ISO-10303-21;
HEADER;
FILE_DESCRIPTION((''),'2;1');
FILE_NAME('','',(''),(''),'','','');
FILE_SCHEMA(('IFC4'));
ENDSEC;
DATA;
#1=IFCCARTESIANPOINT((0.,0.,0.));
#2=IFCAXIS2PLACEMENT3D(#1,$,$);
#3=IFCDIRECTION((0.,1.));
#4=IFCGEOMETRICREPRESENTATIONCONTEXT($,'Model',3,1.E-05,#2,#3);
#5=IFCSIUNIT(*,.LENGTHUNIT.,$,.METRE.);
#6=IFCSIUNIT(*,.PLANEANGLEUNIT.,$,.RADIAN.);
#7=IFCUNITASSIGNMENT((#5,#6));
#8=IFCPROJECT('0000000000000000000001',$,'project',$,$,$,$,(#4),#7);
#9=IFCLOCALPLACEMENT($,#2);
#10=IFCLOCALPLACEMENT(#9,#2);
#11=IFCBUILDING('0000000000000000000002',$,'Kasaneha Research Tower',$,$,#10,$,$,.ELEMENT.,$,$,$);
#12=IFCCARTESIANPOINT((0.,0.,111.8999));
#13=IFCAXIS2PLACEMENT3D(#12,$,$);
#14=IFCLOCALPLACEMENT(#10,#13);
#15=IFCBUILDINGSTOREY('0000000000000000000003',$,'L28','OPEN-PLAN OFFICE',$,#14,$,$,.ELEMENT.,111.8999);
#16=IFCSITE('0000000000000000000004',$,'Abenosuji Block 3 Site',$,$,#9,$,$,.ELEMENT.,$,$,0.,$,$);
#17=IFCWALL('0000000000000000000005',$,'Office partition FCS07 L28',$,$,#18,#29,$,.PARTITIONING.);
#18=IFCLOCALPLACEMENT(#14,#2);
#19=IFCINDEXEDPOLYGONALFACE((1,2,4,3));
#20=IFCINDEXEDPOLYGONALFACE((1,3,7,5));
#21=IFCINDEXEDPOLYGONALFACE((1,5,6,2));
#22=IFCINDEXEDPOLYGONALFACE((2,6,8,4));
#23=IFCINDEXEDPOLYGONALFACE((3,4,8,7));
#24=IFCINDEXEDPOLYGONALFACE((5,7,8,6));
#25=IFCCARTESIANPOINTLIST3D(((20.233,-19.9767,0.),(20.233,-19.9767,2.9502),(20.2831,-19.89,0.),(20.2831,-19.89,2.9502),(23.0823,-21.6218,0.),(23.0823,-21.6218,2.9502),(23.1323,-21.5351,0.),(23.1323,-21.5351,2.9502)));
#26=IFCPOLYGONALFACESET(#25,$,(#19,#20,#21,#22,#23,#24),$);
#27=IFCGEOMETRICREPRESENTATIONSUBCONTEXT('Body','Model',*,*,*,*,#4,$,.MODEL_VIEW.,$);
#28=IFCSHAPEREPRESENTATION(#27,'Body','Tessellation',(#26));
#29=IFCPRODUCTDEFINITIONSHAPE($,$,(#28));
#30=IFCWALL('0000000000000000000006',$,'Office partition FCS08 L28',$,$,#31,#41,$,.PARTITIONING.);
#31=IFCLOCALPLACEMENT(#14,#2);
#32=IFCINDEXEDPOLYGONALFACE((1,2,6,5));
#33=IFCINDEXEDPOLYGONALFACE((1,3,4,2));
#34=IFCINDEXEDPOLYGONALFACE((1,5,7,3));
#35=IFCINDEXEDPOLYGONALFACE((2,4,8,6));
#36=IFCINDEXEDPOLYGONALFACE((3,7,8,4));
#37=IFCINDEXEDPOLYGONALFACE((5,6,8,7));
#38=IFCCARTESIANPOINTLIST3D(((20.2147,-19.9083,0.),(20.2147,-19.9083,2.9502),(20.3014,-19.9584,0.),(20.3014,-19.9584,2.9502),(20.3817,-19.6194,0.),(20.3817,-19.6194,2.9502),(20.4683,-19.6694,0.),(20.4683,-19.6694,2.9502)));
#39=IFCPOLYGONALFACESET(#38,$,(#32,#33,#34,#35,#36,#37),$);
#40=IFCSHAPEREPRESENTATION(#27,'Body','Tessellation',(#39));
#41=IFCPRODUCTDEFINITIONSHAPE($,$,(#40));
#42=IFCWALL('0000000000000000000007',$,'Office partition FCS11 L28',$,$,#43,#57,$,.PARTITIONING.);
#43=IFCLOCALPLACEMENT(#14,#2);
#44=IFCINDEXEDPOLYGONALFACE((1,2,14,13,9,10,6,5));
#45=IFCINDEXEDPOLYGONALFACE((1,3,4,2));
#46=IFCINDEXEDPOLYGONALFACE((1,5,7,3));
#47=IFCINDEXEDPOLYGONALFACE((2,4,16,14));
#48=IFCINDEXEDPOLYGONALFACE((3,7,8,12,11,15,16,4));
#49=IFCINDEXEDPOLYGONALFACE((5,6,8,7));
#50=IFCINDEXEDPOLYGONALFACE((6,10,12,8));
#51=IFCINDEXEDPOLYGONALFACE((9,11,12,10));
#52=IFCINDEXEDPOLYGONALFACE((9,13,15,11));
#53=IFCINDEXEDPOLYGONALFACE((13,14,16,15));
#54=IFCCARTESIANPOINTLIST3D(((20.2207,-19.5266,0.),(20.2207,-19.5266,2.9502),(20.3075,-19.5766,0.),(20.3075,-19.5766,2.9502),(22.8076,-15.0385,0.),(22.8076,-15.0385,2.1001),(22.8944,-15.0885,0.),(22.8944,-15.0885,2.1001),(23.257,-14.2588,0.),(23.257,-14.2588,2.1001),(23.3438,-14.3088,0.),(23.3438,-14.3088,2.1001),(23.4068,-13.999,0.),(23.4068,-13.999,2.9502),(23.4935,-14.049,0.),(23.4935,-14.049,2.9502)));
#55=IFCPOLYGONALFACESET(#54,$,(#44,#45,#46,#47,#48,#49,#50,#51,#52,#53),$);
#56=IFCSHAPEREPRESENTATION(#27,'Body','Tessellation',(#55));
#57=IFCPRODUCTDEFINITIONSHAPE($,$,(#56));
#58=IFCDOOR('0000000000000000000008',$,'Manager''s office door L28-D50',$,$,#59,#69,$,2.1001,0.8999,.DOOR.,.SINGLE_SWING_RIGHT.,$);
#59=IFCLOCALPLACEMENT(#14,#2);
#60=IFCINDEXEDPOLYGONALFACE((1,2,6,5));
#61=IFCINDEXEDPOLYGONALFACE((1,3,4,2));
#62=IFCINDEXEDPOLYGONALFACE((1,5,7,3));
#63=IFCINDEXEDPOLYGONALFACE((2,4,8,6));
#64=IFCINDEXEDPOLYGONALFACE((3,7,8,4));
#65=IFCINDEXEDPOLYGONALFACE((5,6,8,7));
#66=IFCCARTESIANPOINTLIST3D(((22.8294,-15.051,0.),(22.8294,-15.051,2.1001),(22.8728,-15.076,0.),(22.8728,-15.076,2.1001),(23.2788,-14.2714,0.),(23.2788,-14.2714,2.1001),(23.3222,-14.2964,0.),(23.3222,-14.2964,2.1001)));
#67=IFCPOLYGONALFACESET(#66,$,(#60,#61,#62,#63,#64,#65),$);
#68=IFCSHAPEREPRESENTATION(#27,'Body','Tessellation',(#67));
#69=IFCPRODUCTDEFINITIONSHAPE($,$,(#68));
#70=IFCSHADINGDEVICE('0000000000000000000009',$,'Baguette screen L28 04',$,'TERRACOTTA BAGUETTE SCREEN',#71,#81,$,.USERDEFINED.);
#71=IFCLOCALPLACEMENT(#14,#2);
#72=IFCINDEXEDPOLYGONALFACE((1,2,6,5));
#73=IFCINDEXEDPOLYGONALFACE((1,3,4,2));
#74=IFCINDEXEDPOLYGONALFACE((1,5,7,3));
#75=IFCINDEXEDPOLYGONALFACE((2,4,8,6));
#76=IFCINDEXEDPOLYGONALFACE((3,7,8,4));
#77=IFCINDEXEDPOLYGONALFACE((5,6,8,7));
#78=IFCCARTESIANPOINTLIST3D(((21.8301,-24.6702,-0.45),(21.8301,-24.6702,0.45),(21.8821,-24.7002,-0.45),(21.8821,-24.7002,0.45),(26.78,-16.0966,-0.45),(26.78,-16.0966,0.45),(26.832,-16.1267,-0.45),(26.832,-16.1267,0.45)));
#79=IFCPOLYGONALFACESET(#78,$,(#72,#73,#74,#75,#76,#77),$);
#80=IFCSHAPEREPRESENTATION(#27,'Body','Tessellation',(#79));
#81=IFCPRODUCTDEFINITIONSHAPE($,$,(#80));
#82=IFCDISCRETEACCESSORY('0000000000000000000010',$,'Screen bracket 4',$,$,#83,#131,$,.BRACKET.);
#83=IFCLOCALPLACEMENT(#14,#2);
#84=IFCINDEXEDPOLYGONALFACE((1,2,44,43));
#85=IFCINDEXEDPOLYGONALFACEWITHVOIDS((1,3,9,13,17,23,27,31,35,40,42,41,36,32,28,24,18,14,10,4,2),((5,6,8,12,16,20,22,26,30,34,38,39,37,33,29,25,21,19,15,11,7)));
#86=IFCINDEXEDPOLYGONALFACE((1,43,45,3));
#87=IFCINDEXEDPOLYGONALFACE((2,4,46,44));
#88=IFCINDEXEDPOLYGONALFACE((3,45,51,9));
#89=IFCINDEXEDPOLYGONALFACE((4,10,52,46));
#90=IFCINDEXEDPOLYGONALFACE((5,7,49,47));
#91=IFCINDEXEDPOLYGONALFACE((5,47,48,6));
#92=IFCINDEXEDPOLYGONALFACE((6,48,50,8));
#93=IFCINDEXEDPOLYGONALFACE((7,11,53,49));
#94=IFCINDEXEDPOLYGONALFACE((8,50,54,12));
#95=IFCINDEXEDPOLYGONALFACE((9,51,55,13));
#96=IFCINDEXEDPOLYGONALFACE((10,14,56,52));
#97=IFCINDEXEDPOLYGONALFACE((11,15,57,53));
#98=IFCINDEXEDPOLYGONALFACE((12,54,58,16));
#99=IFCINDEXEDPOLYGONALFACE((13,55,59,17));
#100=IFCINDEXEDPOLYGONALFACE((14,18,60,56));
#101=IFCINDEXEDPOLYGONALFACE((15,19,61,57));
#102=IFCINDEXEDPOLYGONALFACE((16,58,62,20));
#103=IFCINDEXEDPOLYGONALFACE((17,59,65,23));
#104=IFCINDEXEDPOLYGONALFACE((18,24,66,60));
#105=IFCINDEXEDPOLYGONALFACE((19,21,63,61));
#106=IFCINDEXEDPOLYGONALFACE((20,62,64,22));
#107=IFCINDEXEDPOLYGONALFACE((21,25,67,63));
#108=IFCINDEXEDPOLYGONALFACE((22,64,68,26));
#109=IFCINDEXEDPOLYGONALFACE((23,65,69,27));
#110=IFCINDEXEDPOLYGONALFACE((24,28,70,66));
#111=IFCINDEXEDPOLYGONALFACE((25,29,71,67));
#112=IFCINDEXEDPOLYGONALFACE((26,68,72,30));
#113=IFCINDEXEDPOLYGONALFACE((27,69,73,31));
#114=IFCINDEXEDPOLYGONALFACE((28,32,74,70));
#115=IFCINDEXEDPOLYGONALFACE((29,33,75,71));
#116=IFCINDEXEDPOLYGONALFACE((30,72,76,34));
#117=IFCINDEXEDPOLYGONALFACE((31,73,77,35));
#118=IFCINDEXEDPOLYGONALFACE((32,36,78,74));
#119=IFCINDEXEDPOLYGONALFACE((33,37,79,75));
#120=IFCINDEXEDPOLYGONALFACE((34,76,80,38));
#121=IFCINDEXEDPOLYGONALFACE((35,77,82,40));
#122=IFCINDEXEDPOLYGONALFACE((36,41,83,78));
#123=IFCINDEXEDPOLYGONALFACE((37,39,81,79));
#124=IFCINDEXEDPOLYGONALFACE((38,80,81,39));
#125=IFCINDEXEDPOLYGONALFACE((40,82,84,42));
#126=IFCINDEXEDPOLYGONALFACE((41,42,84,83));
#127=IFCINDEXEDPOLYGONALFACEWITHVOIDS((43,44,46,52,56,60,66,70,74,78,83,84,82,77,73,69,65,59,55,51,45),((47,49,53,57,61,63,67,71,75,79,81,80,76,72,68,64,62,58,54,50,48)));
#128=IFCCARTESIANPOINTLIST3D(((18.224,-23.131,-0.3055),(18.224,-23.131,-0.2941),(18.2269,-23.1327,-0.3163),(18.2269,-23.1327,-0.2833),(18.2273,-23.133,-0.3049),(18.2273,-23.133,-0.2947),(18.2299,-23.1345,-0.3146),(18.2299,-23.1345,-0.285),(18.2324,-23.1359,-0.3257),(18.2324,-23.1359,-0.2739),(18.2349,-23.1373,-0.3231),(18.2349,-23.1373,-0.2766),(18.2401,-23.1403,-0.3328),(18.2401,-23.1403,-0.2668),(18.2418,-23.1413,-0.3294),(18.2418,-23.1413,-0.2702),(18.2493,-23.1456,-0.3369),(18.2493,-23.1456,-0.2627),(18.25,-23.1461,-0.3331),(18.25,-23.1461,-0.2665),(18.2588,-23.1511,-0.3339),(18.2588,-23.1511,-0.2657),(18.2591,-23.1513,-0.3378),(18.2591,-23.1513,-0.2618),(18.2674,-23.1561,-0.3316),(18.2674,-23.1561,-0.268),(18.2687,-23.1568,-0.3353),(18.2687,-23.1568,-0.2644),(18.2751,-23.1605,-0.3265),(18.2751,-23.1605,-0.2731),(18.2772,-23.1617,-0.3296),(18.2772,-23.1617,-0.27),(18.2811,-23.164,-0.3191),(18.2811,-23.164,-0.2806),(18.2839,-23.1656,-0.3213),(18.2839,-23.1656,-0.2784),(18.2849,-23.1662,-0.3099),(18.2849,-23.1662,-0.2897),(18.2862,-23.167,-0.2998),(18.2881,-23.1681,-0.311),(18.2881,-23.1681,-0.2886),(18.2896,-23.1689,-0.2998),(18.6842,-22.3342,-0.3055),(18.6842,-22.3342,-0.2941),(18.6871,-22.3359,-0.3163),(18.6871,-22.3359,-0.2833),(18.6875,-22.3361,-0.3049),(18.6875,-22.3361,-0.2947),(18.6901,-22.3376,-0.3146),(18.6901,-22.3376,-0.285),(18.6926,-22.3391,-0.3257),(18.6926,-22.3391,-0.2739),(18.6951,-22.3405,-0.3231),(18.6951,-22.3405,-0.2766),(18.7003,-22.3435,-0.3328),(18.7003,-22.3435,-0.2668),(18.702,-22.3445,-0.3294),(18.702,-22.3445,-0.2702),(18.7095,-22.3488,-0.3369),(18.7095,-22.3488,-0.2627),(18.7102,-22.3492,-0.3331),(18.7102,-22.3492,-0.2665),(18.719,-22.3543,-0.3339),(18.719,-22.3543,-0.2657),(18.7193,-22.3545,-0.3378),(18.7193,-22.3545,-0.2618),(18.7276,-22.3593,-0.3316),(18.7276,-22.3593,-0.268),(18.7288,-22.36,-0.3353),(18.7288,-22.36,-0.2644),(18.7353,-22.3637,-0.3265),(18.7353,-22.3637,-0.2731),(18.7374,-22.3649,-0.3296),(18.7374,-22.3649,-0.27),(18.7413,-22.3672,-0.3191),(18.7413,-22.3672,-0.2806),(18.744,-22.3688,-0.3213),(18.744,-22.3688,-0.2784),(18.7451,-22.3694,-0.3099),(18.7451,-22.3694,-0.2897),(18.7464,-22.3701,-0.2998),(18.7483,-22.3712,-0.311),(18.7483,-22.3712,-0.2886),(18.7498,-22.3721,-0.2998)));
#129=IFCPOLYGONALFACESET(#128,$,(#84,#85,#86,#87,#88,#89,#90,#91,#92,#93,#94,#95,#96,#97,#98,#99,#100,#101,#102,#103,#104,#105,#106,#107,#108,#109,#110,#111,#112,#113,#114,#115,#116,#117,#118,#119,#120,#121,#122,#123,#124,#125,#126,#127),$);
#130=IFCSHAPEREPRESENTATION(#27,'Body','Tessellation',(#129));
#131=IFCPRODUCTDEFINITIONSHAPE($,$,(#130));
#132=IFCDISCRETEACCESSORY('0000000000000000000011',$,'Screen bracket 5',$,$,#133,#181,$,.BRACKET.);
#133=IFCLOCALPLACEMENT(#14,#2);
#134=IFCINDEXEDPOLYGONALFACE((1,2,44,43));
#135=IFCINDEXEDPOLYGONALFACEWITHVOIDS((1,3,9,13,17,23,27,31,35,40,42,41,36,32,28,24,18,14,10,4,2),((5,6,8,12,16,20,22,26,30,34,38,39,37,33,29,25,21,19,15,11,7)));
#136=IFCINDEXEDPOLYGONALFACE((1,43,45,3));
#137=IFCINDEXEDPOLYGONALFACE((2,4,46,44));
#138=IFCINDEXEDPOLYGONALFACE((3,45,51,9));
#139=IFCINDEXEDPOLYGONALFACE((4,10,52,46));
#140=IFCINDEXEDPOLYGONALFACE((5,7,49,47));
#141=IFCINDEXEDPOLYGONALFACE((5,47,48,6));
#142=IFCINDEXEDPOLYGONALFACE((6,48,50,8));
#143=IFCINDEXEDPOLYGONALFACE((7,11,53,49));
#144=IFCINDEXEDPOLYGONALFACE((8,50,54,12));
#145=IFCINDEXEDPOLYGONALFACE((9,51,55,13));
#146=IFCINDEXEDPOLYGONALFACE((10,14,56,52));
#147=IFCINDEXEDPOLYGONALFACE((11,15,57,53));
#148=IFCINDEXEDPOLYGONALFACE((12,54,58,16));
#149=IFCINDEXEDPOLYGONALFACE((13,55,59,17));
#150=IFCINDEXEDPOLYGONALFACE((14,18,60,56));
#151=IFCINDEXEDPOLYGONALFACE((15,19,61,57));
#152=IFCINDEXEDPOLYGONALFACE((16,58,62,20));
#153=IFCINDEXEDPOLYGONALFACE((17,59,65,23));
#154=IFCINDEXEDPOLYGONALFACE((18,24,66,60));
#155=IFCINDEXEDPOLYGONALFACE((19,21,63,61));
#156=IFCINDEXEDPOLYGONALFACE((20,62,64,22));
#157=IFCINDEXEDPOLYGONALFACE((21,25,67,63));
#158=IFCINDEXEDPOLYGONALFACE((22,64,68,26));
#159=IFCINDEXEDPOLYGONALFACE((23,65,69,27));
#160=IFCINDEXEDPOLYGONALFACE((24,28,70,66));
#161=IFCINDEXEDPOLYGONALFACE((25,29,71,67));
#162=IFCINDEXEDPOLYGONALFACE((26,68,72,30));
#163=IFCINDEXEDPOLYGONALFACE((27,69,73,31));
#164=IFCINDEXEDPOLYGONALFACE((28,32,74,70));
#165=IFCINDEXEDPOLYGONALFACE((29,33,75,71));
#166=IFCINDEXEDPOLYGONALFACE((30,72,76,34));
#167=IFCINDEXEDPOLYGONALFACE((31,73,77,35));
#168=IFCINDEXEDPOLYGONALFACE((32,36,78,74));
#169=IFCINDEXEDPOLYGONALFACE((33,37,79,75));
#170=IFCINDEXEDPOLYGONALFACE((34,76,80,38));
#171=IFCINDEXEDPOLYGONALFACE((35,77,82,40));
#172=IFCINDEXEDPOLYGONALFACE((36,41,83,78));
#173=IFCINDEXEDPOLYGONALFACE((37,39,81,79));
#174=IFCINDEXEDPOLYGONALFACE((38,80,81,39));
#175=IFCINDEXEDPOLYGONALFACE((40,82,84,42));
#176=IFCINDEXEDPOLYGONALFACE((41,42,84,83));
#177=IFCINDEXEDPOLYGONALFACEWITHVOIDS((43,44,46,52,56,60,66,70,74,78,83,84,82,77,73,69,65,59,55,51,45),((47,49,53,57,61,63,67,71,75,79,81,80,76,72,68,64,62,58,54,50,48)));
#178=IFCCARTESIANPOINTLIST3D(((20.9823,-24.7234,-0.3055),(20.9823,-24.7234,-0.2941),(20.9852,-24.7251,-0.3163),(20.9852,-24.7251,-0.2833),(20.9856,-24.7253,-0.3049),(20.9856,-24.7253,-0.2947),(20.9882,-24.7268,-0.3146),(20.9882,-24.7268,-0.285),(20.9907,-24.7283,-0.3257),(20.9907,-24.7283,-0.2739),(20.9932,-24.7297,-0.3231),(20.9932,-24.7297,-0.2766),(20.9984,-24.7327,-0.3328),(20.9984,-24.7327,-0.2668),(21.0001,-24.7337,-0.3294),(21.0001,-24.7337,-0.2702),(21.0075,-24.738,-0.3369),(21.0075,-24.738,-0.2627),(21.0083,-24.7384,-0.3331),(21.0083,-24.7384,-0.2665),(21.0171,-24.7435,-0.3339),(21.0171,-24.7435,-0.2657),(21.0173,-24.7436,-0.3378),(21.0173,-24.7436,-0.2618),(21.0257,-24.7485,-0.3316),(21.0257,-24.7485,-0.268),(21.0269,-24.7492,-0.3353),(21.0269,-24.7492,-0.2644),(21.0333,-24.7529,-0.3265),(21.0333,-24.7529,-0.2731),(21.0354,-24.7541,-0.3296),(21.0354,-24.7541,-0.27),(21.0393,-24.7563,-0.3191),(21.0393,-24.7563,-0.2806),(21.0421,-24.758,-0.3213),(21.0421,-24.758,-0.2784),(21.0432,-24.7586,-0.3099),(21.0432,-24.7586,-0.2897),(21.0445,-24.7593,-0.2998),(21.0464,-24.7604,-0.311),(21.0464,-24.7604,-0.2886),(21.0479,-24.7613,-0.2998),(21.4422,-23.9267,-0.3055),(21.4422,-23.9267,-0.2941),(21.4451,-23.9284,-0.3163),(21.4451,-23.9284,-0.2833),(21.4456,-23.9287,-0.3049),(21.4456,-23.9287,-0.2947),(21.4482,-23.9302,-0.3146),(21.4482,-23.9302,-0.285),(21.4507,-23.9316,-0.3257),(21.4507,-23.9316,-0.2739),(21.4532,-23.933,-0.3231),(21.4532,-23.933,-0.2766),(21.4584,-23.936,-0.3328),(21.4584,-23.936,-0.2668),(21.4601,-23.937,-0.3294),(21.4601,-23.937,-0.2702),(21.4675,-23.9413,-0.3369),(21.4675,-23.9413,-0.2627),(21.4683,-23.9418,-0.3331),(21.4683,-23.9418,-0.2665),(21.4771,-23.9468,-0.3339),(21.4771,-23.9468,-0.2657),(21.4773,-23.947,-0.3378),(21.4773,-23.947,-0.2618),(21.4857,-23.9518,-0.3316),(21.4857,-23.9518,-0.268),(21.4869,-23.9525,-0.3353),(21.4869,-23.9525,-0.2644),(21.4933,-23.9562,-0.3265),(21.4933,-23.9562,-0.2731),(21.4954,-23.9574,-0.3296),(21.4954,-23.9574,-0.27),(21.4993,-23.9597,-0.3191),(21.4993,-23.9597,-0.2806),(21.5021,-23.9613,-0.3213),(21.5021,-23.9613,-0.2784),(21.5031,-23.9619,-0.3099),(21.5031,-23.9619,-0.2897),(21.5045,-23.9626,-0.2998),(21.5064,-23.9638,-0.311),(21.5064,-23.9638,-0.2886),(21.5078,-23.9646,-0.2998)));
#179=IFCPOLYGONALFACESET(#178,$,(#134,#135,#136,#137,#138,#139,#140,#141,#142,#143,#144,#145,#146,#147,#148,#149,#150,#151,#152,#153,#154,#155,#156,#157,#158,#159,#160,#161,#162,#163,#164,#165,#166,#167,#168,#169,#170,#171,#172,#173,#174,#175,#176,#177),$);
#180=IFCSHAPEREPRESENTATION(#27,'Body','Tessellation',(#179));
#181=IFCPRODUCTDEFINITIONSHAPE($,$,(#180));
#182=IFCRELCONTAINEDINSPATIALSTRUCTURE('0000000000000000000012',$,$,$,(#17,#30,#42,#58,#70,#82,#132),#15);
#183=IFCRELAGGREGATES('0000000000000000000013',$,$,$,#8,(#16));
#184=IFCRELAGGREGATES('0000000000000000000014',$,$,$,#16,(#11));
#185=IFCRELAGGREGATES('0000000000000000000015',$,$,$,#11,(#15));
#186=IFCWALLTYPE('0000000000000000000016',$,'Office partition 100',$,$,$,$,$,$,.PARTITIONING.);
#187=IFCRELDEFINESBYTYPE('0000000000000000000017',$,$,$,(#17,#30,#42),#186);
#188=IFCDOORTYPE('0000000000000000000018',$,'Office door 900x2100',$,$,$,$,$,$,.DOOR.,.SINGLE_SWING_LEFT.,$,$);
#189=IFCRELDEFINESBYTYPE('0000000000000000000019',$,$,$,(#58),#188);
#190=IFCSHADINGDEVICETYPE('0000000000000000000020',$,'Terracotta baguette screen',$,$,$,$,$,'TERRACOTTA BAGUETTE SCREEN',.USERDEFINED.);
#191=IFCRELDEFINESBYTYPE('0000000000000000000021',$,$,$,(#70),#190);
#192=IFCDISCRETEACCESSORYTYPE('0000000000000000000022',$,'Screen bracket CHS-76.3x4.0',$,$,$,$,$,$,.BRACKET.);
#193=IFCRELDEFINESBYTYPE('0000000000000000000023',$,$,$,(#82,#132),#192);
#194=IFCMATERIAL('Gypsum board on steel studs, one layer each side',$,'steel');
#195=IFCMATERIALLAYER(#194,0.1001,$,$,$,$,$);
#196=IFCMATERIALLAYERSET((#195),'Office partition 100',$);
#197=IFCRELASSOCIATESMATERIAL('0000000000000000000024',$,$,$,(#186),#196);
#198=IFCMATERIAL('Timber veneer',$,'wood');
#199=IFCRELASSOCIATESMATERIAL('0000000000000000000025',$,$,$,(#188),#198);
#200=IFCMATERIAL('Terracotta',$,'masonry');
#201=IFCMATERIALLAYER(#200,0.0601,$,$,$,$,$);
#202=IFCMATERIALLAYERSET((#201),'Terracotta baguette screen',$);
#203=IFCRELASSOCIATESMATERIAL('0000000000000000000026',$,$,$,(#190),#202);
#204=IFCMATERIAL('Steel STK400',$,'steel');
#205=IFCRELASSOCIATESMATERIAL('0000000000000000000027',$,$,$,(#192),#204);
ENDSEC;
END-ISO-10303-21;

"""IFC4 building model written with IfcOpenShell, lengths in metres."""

from ifc_helpers import new_model, si_unit, direction, frame, frame_2d, origin, origin_2d, place, context, subcontext, project, spatial, rectangle, hollow_circle, extrude, material, layer, layer_set, material_profile, profile_set, type_object, element, fill, save


model = new_model("IFC4")

# Units and contexts
model_context = context("Model", 3, precision=1e-05, world=origin(), true_north=direction((0.0, 1.0)))
body_context = subcontext(model_context, "Body", "Model", "MODEL_VIEW")
ifc_project = project(units=[si_unit("LENGTHUNIT", "METRE"), si_unit("PLANEANGLEUNIT", "RADIAN")], contexts=[model_context])

# Site, building, storey
site_placement = place(None, origin())
site = spatial("IfcSite", under=ifc_project, at=site_placement, Name="Abenosuji Block 3 Site", CompositionType="ELEMENT", RefElevation=0.0)
building_placement = place(site_placement, origin())
building = spatial("IfcBuilding", under=site, at=building_placement, Name="Kasaneha Research Tower", CompositionType="ELEMENT")
storey_placement = place(building_placement, frame((0.0, 0.0, 111.8999)))
storey = spatial("IfcBuildingStorey", under=building, at=storey_placement, Name="L28", Description="OPEN-PLAN OFFICE", CompositionType="ELEMENT", Elevation=111.8999)

# Walls
ifc_material_1 = material(Name="Gypsum board on steel studs, one layer each side", Category="steel")
ifc_layer_1 = layer(ifc_material_1, 0.1001)
ifc_layer_set_1 = layer_set([ifc_layer_1], Name="Office partition 100")
wall_type = type_object("IfcWallType", Name="Office partition 100", PredefinedType="PARTITIONING", material=ifc_layer_set_1)
wall_1_placement = place(storey_placement, frame((20.2581, -19.9333, 0.0), z_axis=(0.0, 0.0, 1.0), x_axis=(0.866015, -0.500018, 0.0)))
element("IfcWall", 1, at=wall_1_placement, inside=storey, type_object=wall_type, Name="Office partition FCS07 L28", PredefinedType="PARTITIONING", context=body_context, shape_type="SweptSolid", body=[
    extrude(rectangle(XDim=3.29, YDim=0.1001, at=frame_2d((1.645, 0.0))), origin(), (0.0, 0.0, 1.0), 2.9502),
])
wall_2_placement = place(storey_placement, frame((20.425, -19.6443, 0.0), z_axis=(0.0, 0.0, 1.0), x_axis=(-0.500229, -0.865893, 0.0)))
element("IfcWall", 2, at=wall_2_placement, inside=storey, type_object=wall_type, Name="Office partition FCS08 L28", PredefinedType="PARTITIONING", context=body_context, shape_type="SweptSolid", body=[
    extrude(rectangle(XDim=0.3337, YDim=0.1001, at=frame_2d((0.167, 0.0))), origin(), (0.0, 0.0, 1.0), 2.9502),
])

# Wall, opening, door
wall_3_placement = place(storey_placement, frame((20.2642, -19.5515, 0.0), z_axis=(0.0, 0.0, 1.0), x_axis=(0.499375, 0.866386, 0.0)))
wall_3 = element("IfcWall", 3, at=wall_3_placement, inside=storey, type_object=wall_type, Name="Office partition FCS11 L28", PredefinedType="PARTITIONING", context=body_context, shape_type="SweptSolid", body=[
    extrude(rectangle(XDim=6.3801, YDim=0.1001, at=frame_2d((3.1899, 0.0))), origin(), (0.0, 0.0, 1.0), 2.9502),
])
opening_placement = place(wall_3_placement, frame((5.1802, 0.0, 0.0)))
opening = element("IfcOpeningElement", 4, at=opening_placement, cuts=wall_3, PredefinedType="OPENING", context=body_context, shape_type="SweptSolid", body=[
    extrude(rectangle(XDim=0.8999, YDim=2.1001, at=frame_2d((0.45, 1.05))), frame((0.0, 0.0601, 0.0), z_axis=(0.0, -1.0, 0.0), x_axis=(1.0, 0.0, 0.0)), (0.0, 0.0, 1.0), 0.1201),
])
ifc_material_2 = material(Name="Timber veneer", Category="wood")
door_type = type_object("IfcDoorType", Name="Office door 900x2100", OperationType="SINGLE_SWING_LEFT", PredefinedType="DOOR", material=ifc_material_2)
door_placement = place(opening_placement, origin())
door = element("IfcDoor", 5, at=door_placement, inside=storey, type_object=door_type, Name="Manager's office door L28-D50", OperationType="SINGLE_SWING_RIGHT", OverallHeight=2.1001, OverallWidth=0.8999, PredefinedType="DOOR", context=body_context, shape_type="SweptSolid", body=[
    extrude(rectangle(XDim=0.8999, YDim=2.1001, at=frame_2d((0.45, 1.05))), frame((0.0, 0.0249, 0.0), z_axis=(0.0, -1.0, 0.0), x_axis=(1.0, 0.0, 0.0)), (0.0, 0.0, 1.0), 0.05),
])
fill(opening, door)

# Shading device
ifc_material_3 = material(Name="Terracotta", Category="masonry")
ifc_layer_2 = layer(ifc_material_3, 0.0601)
ifc_layer_set_2 = layer_set([ifc_layer_2], Name="Terracotta baguette screen")
shading_device_type = type_object("IfcShadingDeviceType", Name="Terracotta baguette screen", ElementType="TERRACOTTA BAGUETTE SCREEN", PredefinedType="USERDEFINED", material=ifc_layer_set_2)
shading_device_placement = place(storey_placement, frame((24.3311, -20.3984, -0.45), z_axis=(0.0, 0.0, 1.0), x_axis=(0.5, 0.866025, 0.0)))
element("IfcShadingDevice", 6, at=shading_device_placement, inside=storey, type_object=shading_device_type, Name="Baguette screen L28 04", ObjectType="TERRACOTTA BAGUETTE SCREEN", PredefinedType="USERDEFINED", context=body_context, shape_type="SweptSolid", body=[
    extrude(rectangle(XDim=9.8999, YDim=0.0601, at=origin_2d()), origin(), (0.0, 0.0, 1.0), 0.8999),
])

# Discrete accessories
ifc_material_4 = material(Name="Steel STK400", Category="steel")
ifc_material_profile_1 = material_profile(ifc_material_4, hollow_circle(Radius=0.0381, WallThickness=0.0039, at=origin_2d()), Name="CHS-76.3x4.0")
ifc_profile_set_1 = profile_set([ifc_material_profile_1], Name="Steel STK400")
discrete_accessory_type = type_object("IfcDiscreteAccessoryType", Name="Screen bracket CHS-76.3x4.0", PredefinedType="BRACKET", material=ifc_profile_set_1)
discrete_accessory_1_placement = place(storey_placement, frame((18.7168, -22.353, -0.2998), z_axis=(-0.500105, -0.865965, 0.0), x_axis=(0.865965, -0.500105, 0.0)))
element("IfcDiscreteAccessory", 7, at=discrete_accessory_1_placement, inside=storey, type_object=discrete_accessory_type, Name="Screen bracket 4", PredefinedType="BRACKET", context=body_context, shape_type="SweptSolid", body=[
    extrude(hollow_circle(Radius=0.0381, WallThickness=0.0039, at=origin_2d()), origin(), (0.0, 0.0, 1.0), 0.9202),
])
discrete_accessory_2_placement = place(storey_placement, frame((21.4749, -23.9456, -0.2998), z_axis=(-0.500021, -0.866013, 0.0), x_axis=(0.866013, -0.500021, 0.0)))
element("IfcDiscreteAccessory", 8, at=discrete_accessory_2_placement, inside=storey, type_object=discrete_accessory_type, Name="Screen bracket 5", PredefinedType="BRACKET", context=body_context, shape_type="SweptSolid", body=[
    extrude(hollow_circle(Radius=0.0381, WallThickness=0.0039, at=origin_2d()), origin(), (0.0, 0.0, 1.0), 0.9199),
])

save(model, "model.ifc")
